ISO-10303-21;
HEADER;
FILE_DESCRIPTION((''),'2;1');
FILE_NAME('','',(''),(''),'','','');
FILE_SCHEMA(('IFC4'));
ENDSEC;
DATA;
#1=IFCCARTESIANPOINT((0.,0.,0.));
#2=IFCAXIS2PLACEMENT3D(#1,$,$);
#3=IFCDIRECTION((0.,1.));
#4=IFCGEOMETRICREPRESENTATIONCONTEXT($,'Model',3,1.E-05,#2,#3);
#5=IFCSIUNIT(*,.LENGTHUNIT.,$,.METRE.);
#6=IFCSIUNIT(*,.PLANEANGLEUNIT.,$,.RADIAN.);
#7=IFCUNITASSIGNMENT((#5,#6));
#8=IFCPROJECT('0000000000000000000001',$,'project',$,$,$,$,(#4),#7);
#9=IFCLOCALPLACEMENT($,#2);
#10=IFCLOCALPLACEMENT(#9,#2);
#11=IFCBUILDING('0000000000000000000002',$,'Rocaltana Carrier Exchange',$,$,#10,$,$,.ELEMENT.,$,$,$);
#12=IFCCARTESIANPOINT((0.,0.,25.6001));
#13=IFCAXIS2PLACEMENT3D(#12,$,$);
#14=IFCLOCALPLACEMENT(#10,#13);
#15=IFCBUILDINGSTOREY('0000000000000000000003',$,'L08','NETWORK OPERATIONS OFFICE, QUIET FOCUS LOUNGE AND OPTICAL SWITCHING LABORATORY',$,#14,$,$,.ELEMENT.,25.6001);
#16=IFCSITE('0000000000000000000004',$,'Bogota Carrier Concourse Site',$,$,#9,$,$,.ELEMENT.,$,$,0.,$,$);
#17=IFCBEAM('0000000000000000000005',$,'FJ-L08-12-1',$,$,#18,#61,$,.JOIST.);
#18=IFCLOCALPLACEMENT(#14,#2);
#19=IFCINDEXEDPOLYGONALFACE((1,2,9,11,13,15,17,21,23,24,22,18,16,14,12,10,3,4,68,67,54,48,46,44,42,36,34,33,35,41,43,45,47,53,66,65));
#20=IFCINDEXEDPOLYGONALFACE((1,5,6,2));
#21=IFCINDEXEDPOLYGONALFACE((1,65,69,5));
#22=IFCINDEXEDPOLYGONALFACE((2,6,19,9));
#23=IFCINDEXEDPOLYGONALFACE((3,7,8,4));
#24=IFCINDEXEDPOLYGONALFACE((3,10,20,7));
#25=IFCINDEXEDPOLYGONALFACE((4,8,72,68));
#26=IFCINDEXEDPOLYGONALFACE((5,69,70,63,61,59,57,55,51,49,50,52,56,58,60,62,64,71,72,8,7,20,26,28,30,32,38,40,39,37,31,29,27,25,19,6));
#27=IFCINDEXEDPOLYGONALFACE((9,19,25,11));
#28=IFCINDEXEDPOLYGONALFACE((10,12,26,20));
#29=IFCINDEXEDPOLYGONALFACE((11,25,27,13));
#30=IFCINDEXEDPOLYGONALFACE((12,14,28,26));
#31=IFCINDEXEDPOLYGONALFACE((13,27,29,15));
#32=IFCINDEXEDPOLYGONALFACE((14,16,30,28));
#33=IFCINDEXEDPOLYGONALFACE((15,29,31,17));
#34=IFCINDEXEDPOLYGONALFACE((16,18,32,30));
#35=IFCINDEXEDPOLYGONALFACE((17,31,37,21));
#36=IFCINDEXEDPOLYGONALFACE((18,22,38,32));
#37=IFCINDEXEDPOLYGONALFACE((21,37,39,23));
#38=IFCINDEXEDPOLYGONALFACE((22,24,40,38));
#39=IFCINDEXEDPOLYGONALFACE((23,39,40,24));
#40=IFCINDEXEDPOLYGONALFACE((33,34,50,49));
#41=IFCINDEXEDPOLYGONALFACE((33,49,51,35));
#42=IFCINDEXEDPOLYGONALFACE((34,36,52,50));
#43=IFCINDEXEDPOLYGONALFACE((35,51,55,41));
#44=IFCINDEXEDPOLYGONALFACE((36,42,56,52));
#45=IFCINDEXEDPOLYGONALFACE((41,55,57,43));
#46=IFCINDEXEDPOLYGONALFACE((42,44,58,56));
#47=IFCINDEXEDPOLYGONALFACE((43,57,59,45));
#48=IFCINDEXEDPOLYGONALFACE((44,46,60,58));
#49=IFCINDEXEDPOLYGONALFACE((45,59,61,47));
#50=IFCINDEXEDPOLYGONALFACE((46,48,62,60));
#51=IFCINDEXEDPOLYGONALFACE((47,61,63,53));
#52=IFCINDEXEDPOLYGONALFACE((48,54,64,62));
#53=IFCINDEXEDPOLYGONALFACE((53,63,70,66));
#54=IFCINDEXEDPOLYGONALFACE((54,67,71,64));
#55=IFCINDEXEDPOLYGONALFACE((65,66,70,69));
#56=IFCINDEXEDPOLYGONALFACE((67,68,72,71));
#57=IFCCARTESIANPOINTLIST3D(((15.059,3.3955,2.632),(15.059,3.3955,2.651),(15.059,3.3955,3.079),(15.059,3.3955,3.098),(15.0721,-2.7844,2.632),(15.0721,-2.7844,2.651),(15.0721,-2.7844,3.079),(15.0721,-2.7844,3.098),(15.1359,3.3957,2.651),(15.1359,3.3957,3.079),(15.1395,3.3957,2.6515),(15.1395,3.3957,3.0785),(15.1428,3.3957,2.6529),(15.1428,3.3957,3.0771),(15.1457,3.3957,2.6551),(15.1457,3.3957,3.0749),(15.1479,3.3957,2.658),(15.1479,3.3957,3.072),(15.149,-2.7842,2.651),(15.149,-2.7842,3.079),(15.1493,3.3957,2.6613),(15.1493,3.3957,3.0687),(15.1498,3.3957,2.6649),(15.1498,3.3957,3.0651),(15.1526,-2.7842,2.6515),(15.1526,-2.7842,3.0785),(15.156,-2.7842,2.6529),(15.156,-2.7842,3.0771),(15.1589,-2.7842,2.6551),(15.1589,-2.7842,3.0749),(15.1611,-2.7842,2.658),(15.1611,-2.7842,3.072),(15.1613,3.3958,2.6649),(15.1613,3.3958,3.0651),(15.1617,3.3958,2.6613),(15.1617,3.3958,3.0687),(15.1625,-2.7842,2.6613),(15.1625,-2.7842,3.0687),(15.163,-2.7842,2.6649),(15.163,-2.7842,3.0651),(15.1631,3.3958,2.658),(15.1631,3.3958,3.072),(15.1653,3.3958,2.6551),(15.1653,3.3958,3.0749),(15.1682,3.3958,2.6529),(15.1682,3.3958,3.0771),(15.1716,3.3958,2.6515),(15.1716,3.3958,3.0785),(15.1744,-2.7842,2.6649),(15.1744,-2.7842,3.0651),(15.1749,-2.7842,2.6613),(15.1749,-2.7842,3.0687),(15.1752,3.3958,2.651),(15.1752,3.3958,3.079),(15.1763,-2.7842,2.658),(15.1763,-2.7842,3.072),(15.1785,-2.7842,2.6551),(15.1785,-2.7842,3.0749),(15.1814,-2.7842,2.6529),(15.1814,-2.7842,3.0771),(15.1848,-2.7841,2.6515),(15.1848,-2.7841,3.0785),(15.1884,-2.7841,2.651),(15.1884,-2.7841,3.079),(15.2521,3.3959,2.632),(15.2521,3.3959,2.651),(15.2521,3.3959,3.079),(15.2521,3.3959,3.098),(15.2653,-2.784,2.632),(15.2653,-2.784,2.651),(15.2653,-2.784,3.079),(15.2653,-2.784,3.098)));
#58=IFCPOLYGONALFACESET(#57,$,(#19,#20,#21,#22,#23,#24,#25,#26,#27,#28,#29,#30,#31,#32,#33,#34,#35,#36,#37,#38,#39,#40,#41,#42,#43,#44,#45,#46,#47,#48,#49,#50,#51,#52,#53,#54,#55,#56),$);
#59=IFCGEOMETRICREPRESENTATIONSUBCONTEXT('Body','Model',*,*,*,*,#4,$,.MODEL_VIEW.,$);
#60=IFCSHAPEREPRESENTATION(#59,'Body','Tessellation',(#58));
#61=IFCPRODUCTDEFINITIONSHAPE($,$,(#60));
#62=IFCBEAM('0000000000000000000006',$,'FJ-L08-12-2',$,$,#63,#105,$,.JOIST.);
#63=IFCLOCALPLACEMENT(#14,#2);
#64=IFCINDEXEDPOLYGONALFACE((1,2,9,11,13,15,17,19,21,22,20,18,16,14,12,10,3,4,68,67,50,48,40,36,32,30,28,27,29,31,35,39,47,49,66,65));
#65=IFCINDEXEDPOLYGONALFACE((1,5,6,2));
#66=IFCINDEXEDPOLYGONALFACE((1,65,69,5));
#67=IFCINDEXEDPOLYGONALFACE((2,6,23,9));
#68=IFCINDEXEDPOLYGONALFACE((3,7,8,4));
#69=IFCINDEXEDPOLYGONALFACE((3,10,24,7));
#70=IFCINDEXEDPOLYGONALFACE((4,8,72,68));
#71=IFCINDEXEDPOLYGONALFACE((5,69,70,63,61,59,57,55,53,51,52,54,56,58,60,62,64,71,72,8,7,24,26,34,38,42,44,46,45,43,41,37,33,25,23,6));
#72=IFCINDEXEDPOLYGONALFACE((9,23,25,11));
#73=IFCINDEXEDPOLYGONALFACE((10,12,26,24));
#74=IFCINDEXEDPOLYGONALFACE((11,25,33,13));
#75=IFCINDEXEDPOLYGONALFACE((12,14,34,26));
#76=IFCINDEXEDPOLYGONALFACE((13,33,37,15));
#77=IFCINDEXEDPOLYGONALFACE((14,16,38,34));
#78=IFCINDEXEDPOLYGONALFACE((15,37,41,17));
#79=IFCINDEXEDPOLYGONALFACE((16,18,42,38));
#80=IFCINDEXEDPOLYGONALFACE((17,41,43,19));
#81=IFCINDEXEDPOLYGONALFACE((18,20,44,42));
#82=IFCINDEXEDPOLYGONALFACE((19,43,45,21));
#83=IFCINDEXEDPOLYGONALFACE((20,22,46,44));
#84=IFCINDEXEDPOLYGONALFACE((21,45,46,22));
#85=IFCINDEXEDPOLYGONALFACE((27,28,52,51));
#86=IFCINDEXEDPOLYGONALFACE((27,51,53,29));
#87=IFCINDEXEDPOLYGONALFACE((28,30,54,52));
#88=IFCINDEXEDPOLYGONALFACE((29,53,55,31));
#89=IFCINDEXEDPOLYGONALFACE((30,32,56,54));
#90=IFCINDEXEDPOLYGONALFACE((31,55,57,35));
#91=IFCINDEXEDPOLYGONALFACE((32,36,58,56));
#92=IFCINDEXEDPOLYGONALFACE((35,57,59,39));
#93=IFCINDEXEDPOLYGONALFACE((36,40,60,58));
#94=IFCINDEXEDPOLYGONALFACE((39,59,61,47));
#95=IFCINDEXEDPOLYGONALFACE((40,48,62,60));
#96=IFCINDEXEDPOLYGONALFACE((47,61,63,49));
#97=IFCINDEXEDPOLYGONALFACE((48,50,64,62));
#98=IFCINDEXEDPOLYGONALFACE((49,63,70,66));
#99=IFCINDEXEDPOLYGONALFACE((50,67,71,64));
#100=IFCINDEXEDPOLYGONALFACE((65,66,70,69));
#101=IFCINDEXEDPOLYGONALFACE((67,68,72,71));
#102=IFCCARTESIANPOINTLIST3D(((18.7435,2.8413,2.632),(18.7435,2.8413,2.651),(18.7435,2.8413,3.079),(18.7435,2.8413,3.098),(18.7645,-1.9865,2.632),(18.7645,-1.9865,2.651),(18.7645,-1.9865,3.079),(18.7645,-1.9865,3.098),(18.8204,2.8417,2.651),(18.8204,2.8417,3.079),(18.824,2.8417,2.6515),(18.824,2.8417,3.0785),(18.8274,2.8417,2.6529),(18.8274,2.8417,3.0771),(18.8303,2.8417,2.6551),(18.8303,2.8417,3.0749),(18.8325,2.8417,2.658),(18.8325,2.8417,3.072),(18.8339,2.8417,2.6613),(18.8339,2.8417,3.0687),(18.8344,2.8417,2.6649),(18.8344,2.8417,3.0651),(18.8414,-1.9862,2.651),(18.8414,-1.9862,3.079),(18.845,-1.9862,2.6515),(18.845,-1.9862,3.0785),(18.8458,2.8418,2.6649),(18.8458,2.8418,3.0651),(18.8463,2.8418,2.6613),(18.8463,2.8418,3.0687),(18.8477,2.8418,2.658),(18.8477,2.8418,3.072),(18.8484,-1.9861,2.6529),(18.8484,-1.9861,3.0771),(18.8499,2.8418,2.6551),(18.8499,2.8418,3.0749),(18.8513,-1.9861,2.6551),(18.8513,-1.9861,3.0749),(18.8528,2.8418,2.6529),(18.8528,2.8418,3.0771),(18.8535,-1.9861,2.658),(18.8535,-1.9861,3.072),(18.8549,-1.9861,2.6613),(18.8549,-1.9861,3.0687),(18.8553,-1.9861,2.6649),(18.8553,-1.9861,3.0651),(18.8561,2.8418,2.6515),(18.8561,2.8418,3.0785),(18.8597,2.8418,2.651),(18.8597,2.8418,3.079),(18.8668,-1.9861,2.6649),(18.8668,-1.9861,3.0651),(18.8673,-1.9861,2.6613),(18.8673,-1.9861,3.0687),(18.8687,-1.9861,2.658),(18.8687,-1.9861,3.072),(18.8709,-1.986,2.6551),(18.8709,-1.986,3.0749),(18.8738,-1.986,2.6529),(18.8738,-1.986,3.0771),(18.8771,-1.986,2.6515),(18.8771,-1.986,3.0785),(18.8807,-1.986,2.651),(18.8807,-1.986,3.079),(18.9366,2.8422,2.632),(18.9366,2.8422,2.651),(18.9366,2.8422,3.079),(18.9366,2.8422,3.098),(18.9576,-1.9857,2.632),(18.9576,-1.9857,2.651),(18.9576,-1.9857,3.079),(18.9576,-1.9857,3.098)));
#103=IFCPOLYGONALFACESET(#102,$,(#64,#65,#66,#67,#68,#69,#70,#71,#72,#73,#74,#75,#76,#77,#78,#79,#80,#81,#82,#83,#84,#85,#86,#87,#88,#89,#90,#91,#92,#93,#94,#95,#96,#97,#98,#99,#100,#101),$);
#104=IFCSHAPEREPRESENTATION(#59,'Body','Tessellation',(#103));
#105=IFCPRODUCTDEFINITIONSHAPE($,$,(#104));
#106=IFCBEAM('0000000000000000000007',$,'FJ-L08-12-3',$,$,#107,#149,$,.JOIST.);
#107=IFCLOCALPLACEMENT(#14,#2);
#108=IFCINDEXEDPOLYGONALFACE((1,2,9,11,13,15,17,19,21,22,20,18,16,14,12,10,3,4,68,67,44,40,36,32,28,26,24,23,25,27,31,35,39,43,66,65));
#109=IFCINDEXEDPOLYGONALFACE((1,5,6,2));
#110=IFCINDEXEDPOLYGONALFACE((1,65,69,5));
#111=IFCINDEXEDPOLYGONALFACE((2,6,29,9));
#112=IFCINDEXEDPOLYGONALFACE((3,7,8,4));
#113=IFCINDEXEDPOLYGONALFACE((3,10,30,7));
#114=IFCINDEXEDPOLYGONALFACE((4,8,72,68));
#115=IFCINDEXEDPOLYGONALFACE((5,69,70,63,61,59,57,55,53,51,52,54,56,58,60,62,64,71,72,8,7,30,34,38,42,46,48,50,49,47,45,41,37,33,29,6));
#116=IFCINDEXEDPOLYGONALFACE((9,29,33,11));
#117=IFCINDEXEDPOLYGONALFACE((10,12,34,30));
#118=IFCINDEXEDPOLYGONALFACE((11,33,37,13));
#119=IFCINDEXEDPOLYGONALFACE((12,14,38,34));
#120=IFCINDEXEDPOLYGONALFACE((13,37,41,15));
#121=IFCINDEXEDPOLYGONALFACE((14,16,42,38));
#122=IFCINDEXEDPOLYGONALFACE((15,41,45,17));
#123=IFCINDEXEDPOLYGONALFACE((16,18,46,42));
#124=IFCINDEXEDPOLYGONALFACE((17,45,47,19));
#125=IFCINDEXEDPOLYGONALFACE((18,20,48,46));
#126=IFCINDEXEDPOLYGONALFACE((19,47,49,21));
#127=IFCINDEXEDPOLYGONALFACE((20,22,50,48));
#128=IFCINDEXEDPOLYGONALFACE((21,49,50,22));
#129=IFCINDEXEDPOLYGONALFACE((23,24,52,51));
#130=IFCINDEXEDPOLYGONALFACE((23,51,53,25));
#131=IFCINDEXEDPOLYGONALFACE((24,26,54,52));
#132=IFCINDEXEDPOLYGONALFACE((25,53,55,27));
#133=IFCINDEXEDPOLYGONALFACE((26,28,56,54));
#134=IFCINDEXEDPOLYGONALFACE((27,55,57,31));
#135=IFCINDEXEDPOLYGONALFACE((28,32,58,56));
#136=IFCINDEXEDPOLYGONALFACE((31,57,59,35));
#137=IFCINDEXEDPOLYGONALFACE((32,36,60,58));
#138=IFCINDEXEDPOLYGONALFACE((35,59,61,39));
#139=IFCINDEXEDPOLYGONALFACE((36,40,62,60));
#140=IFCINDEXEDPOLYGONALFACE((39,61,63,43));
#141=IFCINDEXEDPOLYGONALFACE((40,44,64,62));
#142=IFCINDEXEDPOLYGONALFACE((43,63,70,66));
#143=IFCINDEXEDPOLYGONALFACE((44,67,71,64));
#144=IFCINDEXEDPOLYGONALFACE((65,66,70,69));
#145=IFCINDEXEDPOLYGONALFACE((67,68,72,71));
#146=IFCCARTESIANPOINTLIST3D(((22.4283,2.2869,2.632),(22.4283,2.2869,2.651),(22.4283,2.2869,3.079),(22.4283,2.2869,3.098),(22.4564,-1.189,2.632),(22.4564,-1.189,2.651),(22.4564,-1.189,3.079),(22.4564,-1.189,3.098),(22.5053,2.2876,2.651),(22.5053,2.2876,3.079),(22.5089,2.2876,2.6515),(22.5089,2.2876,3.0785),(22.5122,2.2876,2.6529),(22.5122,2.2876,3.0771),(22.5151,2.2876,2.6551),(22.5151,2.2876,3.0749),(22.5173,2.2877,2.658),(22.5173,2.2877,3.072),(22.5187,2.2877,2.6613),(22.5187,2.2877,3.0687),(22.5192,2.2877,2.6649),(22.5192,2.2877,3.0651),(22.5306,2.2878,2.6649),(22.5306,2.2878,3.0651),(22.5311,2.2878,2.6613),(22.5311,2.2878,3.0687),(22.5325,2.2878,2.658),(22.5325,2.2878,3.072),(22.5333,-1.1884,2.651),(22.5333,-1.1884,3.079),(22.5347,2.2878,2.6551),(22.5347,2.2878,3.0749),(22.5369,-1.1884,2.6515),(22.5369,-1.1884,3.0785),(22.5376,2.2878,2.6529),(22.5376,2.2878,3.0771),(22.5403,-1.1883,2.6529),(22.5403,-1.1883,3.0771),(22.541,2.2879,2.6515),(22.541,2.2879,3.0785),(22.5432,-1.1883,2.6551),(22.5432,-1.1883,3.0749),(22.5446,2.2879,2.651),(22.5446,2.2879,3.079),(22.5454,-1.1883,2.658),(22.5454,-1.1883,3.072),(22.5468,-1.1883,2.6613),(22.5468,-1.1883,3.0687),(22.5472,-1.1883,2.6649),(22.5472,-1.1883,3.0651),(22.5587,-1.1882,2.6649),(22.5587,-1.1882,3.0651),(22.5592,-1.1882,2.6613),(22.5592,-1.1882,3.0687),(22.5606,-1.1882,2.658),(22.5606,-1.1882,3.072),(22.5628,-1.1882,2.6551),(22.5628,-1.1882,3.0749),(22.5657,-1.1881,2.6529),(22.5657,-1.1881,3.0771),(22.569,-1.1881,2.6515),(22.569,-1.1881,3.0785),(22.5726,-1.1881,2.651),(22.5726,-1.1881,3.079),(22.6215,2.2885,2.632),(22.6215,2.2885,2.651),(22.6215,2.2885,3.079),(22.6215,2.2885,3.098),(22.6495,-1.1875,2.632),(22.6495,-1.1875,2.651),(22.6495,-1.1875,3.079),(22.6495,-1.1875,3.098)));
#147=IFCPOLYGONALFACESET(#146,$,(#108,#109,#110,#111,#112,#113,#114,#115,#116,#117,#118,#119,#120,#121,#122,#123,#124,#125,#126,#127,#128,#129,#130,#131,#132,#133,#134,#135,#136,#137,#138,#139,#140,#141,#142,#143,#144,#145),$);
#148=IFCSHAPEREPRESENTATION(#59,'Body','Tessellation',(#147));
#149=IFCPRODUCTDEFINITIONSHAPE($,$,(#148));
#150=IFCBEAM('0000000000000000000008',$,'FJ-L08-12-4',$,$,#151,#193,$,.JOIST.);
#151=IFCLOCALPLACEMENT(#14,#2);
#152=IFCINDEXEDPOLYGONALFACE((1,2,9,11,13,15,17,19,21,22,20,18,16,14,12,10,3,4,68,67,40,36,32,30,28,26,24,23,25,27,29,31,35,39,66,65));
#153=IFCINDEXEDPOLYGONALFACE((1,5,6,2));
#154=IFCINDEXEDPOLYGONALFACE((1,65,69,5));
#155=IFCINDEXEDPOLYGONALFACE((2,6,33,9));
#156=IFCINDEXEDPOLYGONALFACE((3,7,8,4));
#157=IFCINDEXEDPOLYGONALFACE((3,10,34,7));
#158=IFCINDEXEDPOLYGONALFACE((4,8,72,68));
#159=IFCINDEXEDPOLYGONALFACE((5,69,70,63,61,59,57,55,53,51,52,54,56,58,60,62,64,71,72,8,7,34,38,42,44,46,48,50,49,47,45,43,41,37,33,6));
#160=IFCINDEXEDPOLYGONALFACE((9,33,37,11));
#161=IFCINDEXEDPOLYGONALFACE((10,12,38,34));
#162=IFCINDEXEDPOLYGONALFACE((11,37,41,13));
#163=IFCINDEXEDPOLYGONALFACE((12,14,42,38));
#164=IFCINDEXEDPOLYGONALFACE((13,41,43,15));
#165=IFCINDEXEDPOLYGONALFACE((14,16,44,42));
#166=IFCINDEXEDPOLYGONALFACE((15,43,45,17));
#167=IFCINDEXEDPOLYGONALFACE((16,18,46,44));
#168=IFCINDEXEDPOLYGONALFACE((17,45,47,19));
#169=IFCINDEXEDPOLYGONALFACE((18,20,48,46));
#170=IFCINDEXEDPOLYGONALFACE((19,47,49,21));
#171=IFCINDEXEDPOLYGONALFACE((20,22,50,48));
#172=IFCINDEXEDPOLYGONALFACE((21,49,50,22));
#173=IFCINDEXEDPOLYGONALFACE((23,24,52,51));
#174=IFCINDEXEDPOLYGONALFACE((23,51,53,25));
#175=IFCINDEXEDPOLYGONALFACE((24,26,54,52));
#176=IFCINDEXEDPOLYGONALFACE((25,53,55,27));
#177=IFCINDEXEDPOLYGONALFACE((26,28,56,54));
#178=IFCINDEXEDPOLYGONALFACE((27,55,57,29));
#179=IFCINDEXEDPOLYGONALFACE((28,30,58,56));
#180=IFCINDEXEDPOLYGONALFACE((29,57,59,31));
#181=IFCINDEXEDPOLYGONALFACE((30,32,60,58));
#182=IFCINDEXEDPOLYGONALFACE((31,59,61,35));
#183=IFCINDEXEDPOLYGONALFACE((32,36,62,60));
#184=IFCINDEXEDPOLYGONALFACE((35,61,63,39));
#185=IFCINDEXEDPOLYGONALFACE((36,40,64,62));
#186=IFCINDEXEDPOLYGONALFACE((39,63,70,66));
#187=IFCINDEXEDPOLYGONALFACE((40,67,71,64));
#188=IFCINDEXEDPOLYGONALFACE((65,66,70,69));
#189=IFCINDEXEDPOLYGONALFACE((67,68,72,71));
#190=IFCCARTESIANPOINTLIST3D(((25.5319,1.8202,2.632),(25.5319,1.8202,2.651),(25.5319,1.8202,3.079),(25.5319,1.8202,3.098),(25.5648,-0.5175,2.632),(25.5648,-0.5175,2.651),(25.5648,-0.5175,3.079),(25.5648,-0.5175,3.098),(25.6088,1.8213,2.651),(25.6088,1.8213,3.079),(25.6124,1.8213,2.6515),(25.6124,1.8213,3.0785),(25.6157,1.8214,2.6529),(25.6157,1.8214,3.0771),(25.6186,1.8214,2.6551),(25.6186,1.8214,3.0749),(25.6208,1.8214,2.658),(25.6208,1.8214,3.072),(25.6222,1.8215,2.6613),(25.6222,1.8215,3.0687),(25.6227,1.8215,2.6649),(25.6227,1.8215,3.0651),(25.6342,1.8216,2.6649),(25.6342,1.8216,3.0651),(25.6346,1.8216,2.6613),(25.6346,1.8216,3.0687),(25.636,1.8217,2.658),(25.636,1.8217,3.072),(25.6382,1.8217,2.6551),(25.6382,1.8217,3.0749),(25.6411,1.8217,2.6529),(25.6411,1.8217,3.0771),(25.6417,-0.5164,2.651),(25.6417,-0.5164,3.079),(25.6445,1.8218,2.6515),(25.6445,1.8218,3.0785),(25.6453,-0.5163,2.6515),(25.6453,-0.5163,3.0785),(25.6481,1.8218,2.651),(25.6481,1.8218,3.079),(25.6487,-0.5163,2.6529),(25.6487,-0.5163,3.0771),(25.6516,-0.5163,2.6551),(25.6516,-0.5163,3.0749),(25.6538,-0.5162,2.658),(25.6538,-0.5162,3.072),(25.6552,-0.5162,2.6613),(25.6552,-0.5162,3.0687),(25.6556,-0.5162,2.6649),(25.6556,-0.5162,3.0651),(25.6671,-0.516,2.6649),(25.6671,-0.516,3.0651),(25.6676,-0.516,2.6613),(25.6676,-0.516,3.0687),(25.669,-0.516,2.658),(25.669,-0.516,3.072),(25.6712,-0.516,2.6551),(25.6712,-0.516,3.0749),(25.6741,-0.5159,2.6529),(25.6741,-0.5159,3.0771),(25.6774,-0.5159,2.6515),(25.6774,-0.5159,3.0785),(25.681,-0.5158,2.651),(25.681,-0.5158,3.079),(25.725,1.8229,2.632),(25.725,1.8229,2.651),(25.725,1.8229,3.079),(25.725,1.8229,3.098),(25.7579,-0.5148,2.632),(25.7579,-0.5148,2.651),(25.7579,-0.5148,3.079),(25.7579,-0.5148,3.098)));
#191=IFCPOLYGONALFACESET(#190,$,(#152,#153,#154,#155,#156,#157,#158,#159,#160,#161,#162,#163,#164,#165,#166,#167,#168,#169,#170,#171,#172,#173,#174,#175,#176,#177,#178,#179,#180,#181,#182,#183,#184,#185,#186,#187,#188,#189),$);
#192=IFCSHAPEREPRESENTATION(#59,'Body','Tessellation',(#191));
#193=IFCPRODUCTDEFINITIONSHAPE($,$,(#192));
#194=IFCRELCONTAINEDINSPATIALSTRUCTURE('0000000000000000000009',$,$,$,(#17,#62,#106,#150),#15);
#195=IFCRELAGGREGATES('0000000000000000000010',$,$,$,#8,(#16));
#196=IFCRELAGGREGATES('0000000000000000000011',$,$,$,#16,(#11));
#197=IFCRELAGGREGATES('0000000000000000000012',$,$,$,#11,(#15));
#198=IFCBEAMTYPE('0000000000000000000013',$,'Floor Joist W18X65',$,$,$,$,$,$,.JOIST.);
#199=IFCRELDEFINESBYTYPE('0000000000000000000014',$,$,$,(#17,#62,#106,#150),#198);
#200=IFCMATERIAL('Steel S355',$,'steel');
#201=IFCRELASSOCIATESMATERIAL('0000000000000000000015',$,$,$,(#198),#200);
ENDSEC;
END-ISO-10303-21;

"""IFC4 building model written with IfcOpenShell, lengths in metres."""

from ifc_helpers import new_model, si_unit, direction, frame, origin, origin_2d, place, context, subcontext, project, spatial, i_section, extrude, material, material_profile, profile_set, type_object, element, save


model = new_model("IFC4")

# Units and contexts
model_context = context("Model", 3, precision=1e-05, world=origin(), true_north=direction((0.0, 1.0)))
body_context = subcontext(model_context, "Body", "Model", "MODEL_VIEW")
ifc_project = project(units=[si_unit("LENGTHUNIT", "METRE"), si_unit("PLANEANGLEUNIT", "RADIAN")], contexts=[model_context])

# Site, building, storey
site_placement = place(None, origin())
site = spatial("IfcSite", under=ifc_project, at=site_placement, Name="Bogota Carrier Concourse Site", CompositionType="ELEMENT", RefElevation=0.0)
building_placement = place(site_placement, origin())
building = spatial("IfcBuilding", under=site, at=building_placement, Name="Rocaltana Carrier Exchange", CompositionType="ELEMENT")
storey_placement = place(building_placement, frame((0.0, 0.0, 25.6001)))
storey = spatial("IfcBuildingStorey", under=building, at=storey_placement, Name="L08", Description="NETWORK OPERATIONS OFFICE, QUIET FOCUS LOUNGE AND OPTICAL SWITCHING LABORATORY", CompositionType="ELEMENT", Elevation=25.6001)

# Beams
ifc_material_1 = material(Name="Steel S355", Category="steel")
ifc_material_profile_1 = material_profile(ifc_material_1, i_section(OverallWidth=0.1931, OverallDepth=0.4661, WebThickness=0.0115, FlangeThickness=0.019, FilletRadius=0.0139, at=origin_2d()), Name="W18X65")
ifc_profile_set_1 = profile_set([ifc_material_profile_1], Name="Steel S355")
beam_type_1 = type_object("IfcBeamType", Name="Floor Joist W18X65", PredefinedType="JOIST", material=ifc_profile_set_1)
beam_1_placement = place(storey_placement, frame((15.1687, -2.7842, 2.865), z_axis=(-0.002133, 0.999998, 0.0), x_axis=(-0.999998, -0.002133, 0.0)))
element("IfcBeam", 1, at=beam_1_placement, inside=storey, type_object=beam_type_1, Name="FJ-L08-12-1", PredefinedType="JOIST", context=body_context, shape_type="SweptSolid", body=[
    extrude(i_section(OverallWidth=0.1931, OverallDepth=0.4661, WebThickness=0.0115, FlangeThickness=0.019, FilletRadius=0.0139, at=origin_2d()), origin(), (0.0, 0.0, 1.0), 6.1799),
])
beam_2_placement = place(storey_placement, frame((18.8611, -1.9861, 2.865), z_axis=(-0.004349, 0.999991, 0.0), x_axis=(-0.999991, -0.004349, 0.0)))
element("IfcBeam", 2, at=beam_2_placement, inside=storey, type_object=beam_type_1, Name="FJ-L08-12-2", PredefinedType="JOIST", context=body_context, shape_type="SweptSolid", body=[
    extrude(i_section(OverallWidth=0.1931, OverallDepth=0.4661, WebThickness=0.0115, FlangeThickness=0.019, FilletRadius=0.0139, at=origin_2d()), origin(), (0.0, 0.0, 1.0), 4.8279),
])
beam_3_placement = place(storey_placement, frame((22.553, -1.1882, 2.865), z_axis=(-0.008077, 0.999967, 0.0), x_axis=(-0.999967, -0.008077, 0.0)))
element("IfcBeam", 3, at=beam_3_placement, inside=storey, type_object=beam_type_1, Name="FJ-L08-12-3", PredefinedType="JOIST", context=body_context, shape_type="SweptSolid", body=[
    extrude(i_section(OverallWidth=0.1931, OverallDepth=0.4661, WebThickness=0.0115, FlangeThickness=0.019, FilletRadius=0.0139, at=origin_2d()), origin(), (0.0, 0.0, 1.0), 3.4761),
])
beam_4_placement = place(storey_placement, frame((25.6614, -0.5161, 2.865), z_axis=(-0.014098, 0.999901, 0.0), x_axis=(-0.999901, -0.014098, 0.0)))
element("IfcBeam", 4, at=beam_4_placement, inside=storey, type_object=beam_type_1, Name="FJ-L08-12-4", PredefinedType="JOIST", context=body_context, shape_type="SweptSolid", body=[
    extrude(i_section(OverallWidth=0.1931, OverallDepth=0.4661, WebThickness=0.0115, FlangeThickness=0.019, FilletRadius=0.0139, at=origin_2d()), origin(), (0.0, 0.0, 1.0), 2.3379),
])

save(model, "model.ifc")
